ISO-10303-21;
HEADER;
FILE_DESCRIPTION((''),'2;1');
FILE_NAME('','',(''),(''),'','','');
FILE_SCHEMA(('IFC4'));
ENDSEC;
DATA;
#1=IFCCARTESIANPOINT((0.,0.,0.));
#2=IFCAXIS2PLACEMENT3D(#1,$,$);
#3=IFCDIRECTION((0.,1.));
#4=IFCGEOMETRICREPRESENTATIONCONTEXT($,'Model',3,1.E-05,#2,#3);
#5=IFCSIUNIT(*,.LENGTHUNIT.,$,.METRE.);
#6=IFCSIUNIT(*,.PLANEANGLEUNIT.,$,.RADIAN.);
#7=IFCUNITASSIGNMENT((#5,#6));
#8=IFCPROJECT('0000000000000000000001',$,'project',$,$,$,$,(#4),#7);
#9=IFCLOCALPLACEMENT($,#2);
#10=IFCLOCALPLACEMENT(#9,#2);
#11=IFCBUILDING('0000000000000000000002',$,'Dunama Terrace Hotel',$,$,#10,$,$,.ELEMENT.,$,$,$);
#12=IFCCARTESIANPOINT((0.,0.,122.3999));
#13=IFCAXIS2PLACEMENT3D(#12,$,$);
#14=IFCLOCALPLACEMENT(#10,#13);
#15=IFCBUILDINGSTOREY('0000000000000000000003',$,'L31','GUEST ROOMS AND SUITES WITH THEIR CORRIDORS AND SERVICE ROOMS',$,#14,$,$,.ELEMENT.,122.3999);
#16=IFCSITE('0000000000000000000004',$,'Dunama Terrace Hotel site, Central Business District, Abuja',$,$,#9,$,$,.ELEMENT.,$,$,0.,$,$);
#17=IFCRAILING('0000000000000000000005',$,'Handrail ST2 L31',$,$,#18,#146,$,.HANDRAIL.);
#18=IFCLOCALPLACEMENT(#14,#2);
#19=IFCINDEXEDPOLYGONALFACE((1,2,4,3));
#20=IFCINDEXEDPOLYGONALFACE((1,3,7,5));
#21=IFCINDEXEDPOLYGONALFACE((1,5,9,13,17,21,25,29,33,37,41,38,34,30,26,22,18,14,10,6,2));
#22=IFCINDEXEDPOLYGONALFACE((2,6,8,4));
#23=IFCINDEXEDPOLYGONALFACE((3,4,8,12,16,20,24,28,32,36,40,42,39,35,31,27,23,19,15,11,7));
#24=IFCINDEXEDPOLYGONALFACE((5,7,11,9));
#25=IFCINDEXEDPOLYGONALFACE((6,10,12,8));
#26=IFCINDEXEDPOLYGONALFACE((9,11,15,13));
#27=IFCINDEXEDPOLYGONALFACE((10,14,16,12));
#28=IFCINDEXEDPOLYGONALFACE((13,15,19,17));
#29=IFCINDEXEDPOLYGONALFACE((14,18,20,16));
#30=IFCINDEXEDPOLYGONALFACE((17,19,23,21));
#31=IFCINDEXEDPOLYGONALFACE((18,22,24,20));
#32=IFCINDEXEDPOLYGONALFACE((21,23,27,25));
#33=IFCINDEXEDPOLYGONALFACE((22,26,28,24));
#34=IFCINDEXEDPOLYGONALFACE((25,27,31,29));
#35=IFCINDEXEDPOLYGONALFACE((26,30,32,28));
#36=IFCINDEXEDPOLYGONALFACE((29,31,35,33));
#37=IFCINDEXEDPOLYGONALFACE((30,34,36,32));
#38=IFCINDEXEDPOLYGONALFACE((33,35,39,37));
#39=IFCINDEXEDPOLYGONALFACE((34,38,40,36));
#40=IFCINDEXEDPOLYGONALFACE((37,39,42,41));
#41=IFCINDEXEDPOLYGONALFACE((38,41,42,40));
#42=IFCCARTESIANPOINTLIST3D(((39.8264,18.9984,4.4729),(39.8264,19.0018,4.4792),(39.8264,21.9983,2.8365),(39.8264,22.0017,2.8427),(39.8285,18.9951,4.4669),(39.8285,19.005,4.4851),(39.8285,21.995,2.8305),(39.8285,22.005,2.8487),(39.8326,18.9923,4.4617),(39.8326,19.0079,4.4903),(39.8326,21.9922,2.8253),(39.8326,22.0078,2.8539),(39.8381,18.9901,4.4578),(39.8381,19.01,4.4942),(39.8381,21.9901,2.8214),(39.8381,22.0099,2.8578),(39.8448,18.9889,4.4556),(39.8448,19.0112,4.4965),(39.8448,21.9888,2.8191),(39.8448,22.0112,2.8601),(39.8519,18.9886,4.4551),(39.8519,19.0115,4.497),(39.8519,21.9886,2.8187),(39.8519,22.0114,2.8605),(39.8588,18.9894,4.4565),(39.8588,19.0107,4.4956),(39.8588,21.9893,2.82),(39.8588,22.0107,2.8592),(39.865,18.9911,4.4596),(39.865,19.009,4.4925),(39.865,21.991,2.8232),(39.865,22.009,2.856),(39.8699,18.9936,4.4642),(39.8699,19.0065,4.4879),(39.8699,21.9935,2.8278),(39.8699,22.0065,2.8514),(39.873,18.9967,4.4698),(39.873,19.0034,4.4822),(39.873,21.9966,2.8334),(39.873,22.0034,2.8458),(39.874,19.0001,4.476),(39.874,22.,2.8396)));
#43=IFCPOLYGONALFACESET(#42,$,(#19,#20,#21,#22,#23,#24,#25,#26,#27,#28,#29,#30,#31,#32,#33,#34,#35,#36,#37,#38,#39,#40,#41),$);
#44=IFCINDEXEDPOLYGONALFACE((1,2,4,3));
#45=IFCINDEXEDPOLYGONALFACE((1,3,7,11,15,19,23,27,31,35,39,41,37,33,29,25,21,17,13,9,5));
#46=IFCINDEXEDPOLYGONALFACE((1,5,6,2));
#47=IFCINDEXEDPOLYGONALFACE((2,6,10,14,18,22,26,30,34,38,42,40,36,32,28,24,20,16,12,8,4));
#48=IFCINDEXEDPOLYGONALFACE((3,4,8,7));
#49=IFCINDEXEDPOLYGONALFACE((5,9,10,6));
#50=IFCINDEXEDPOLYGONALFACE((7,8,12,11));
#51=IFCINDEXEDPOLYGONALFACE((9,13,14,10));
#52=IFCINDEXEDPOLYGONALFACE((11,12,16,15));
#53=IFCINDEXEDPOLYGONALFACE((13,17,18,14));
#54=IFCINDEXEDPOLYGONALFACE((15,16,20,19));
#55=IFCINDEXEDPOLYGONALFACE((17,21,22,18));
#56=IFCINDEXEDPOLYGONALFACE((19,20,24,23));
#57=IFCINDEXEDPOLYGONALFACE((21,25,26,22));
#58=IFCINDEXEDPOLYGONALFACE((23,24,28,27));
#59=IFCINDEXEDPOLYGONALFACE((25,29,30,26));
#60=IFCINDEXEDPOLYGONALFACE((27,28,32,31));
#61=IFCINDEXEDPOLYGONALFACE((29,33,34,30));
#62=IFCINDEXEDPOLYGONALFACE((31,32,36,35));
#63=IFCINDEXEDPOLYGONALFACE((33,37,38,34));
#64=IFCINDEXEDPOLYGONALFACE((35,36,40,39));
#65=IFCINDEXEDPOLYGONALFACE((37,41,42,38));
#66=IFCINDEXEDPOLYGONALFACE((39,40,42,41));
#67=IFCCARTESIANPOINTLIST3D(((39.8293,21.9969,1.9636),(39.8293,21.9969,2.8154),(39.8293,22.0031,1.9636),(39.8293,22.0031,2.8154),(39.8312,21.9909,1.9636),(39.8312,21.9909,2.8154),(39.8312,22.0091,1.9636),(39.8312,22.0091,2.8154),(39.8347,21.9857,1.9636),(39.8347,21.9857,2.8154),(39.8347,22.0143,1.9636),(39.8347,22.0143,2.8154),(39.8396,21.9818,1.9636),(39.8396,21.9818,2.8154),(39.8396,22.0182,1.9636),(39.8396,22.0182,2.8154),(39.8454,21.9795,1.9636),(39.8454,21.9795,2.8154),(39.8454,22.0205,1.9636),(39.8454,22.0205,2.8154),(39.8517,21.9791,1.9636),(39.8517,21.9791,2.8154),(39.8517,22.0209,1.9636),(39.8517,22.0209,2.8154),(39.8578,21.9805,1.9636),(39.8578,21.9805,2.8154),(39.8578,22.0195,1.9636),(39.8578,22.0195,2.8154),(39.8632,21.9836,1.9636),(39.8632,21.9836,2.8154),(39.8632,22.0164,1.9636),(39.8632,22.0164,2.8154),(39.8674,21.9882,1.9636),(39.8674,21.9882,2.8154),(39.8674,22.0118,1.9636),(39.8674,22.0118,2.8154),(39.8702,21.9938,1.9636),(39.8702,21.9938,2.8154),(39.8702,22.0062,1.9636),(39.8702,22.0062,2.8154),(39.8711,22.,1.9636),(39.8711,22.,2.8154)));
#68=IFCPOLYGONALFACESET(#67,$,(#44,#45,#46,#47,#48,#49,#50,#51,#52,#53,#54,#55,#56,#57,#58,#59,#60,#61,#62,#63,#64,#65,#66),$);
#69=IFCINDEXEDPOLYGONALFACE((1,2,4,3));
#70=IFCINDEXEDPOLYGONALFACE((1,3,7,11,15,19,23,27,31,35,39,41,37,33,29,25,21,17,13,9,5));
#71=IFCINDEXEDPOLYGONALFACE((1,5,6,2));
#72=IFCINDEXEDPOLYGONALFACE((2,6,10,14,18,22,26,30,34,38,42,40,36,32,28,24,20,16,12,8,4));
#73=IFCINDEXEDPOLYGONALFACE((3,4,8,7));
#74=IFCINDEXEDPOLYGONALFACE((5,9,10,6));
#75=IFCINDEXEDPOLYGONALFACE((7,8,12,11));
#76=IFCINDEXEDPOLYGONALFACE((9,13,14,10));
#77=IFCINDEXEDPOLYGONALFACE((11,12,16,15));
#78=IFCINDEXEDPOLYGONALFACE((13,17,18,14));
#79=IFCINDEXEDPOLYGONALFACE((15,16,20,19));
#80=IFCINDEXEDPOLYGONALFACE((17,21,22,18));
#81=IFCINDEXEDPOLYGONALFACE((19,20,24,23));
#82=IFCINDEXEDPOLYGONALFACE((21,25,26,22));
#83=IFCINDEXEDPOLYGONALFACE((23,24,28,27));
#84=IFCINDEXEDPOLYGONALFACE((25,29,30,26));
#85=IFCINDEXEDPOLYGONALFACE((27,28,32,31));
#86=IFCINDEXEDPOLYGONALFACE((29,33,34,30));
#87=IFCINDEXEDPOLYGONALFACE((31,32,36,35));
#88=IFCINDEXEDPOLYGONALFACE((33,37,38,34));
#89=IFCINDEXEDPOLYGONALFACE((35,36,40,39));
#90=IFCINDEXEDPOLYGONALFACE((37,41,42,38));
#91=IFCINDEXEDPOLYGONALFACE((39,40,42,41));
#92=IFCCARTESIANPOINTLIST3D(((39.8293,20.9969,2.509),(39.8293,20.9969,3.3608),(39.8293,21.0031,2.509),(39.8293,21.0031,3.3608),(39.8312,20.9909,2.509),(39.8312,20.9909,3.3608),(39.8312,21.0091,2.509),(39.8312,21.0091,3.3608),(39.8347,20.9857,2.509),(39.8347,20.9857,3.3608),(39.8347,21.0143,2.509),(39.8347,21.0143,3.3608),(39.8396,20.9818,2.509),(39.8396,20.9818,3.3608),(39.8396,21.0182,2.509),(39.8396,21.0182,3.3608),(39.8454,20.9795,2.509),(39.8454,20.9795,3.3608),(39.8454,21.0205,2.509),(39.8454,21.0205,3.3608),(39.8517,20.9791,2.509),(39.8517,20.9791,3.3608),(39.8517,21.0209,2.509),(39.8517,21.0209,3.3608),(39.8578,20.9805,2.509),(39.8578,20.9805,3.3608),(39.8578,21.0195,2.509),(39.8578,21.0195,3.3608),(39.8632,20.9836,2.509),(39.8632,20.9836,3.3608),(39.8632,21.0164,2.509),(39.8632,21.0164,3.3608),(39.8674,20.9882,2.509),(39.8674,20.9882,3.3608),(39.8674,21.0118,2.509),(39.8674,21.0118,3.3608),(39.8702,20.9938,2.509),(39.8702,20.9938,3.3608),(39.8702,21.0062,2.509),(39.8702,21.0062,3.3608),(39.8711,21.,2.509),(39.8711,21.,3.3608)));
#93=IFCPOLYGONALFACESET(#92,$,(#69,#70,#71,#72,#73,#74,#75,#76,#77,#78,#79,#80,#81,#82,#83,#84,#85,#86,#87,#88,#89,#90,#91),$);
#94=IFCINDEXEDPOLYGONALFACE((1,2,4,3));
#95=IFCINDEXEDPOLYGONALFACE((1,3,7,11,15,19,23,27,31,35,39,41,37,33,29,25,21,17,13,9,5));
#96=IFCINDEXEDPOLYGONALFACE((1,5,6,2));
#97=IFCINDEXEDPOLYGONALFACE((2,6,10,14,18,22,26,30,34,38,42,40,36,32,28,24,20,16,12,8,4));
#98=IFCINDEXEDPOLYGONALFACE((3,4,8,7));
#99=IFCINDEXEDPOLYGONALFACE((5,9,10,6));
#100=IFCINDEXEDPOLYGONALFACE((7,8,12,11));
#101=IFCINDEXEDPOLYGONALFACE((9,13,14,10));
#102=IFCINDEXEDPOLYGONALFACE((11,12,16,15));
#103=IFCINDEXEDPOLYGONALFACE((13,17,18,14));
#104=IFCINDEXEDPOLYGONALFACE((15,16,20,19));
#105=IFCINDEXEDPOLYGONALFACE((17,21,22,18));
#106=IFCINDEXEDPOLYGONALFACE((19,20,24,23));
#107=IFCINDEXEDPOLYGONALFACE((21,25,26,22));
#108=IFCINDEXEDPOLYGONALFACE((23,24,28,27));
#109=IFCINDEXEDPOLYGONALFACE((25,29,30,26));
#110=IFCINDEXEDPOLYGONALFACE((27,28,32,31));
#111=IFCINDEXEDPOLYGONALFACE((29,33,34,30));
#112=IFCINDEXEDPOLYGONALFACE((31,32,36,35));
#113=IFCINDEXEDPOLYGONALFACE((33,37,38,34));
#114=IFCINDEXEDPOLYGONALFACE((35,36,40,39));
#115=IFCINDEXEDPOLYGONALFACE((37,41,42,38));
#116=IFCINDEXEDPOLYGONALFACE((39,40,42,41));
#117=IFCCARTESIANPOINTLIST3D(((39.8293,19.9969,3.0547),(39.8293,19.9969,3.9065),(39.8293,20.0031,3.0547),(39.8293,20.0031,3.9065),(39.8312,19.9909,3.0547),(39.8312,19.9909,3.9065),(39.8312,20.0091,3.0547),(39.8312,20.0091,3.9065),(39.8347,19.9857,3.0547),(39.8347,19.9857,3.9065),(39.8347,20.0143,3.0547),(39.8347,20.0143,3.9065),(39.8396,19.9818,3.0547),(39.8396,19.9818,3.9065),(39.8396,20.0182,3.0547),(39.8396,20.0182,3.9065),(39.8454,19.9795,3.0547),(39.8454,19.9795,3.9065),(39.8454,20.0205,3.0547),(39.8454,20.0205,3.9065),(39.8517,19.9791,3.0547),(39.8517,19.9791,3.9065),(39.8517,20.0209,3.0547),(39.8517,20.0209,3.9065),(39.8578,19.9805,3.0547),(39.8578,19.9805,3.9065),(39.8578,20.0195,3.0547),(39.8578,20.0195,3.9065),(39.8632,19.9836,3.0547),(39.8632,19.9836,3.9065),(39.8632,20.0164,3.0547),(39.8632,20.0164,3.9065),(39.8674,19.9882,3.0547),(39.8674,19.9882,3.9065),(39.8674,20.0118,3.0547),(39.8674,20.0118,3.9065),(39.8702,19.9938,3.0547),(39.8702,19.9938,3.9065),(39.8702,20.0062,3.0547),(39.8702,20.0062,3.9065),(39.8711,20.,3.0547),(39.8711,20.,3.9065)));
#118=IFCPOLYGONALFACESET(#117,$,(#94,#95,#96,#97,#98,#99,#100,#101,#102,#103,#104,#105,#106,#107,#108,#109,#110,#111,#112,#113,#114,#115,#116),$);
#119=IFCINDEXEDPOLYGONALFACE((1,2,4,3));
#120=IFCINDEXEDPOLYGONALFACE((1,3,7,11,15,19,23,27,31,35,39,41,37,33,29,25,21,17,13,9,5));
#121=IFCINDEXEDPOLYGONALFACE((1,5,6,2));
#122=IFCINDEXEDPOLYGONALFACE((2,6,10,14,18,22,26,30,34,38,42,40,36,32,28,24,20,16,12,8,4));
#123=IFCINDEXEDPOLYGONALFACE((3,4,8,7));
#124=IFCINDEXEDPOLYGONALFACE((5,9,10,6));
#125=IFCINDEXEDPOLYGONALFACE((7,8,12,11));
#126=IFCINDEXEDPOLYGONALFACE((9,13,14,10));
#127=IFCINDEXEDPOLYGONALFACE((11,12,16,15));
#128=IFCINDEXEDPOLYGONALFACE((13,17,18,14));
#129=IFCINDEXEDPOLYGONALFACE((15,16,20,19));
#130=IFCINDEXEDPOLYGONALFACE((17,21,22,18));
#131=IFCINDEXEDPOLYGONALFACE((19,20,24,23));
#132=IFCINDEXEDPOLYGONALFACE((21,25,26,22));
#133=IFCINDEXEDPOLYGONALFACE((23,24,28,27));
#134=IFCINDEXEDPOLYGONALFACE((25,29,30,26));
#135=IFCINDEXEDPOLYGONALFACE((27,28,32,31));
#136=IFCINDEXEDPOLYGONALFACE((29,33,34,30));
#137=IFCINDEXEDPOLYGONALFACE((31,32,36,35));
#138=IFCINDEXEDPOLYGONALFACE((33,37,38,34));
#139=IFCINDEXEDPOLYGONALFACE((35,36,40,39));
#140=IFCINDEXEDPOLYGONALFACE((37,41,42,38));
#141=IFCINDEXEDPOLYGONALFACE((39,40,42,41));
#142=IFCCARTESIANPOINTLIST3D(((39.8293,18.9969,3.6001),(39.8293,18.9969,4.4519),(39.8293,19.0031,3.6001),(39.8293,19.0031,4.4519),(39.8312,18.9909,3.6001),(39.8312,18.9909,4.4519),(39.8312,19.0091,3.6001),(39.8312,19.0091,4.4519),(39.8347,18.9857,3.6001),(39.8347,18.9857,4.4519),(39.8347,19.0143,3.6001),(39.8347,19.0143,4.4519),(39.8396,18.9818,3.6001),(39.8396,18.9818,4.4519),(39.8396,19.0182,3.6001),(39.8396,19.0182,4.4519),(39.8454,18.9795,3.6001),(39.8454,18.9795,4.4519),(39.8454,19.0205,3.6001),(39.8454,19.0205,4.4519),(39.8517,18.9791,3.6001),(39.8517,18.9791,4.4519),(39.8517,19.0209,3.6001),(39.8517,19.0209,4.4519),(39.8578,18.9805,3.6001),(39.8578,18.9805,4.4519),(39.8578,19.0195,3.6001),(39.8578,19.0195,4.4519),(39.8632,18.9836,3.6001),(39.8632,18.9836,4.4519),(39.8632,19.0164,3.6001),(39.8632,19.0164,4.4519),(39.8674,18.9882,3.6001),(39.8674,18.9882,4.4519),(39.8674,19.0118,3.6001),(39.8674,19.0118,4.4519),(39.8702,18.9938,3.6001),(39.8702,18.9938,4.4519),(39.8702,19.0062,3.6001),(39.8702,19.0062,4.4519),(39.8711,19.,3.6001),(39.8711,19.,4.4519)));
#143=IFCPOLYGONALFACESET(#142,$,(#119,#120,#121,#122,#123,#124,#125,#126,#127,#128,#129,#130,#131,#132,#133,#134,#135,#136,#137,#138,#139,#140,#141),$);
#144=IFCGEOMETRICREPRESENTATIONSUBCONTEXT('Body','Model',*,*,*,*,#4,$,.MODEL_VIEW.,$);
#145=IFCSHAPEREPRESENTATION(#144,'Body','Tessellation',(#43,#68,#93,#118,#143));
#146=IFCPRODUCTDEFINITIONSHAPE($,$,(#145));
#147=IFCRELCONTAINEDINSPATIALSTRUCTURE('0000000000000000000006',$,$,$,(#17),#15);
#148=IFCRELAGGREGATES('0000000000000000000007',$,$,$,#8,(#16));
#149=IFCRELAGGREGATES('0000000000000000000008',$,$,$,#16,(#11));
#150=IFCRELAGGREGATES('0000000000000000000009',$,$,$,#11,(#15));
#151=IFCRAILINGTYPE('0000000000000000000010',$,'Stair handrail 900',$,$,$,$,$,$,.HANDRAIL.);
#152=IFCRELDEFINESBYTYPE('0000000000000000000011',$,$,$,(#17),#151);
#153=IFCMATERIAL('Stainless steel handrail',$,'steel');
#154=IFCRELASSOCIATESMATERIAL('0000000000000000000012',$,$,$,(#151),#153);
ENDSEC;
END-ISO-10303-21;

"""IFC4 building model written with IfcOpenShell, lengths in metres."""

from ifc_helpers import new_model, si_unit, direction, frame, origin, origin_2d, place, context, subcontext, project, spatial, circle, extrude, material, type_object, element, save


model = new_model("IFC4")

# Units and contexts
model_context = context("Model", 3, precision=1e-05, world=origin(), true_north=direction((0.0, 1.0)))
body_context = subcontext(model_context, "Body", "Model", "MODEL_VIEW")
ifc_project = project(units=[si_unit("LENGTHUNIT", "METRE"), si_unit("PLANEANGLEUNIT", "RADIAN")], contexts=[model_context])

# Site, building, storey
site_placement = place(None, origin())
site = spatial("IfcSite", under=ifc_project, at=site_placement, Name="Dunama Terrace Hotel site, Central Business District, Abuja", CompositionType="ELEMENT", RefElevation=0.0)
building_placement = place(site_placement, origin())
building = spatial("IfcBuilding", under=site, at=building_placement, Name="Dunama Terrace Hotel", CompositionType="ELEMENT")
storey_placement = place(building_placement, frame((0.0, 0.0, 122.3999)))
storey = spatial("IfcBuildingStorey", under=building, at=storey_placement, Name="L31", Description="GUEST ROOMS AND SUITES WITH THEIR CORRIDORS AND SERVICE ROOMS", CompositionType="ELEMENT", Elevation=122.3999)

# Railing
ifc_material_1 = material(Name="Stainless steel handrail", Category="steel")
railing_type = type_object("IfcRailingType", Name="Stair handrail 900", PredefinedType="HANDRAIL", material=ifc_material_1)
railing_1_placement = place(storey_placement, frame((39.8501, 22.0, 1.9636)))
element("IfcRailing", 1, at=railing_1_placement, inside=storey, type_object=railing_type, Name="Handrail ST2 L31", PredefinedType="HANDRAIL", context=body_context, shape_type="SweptSolid", body=[
    extrude(circle(Radius=0.0239, at=origin_2d()), frame((0.0, 0.0, 0.876), z_axis=(0.0, -0.877882, 0.478877), x_axis=(1.0, 0.0, 0.0)), (0.0, 0.0, 1.0), 3.4172),
    extrude(circle(Radius=0.021, at=origin_2d()), origin(), (0.0, 0.0, 1.0), 0.8518),
    extrude(circle(Radius=0.021, at=origin_2d()), frame((0.0, -1.0, 0.5454)), (0.0, 0.0, 1.0), 0.8518),
    extrude(circle(Radius=0.021, at=origin_2d()), frame((0.0, -2.0, 1.0911)), (0.0, 0.0, 1.0), 0.8518),
    extrude(circle(Radius=0.021, at=origin_2d()), frame((0.0, -3.0, 1.6365)), (0.0, 0.0, 1.0), 0.8518),
])

save(model, "model.ifc")
